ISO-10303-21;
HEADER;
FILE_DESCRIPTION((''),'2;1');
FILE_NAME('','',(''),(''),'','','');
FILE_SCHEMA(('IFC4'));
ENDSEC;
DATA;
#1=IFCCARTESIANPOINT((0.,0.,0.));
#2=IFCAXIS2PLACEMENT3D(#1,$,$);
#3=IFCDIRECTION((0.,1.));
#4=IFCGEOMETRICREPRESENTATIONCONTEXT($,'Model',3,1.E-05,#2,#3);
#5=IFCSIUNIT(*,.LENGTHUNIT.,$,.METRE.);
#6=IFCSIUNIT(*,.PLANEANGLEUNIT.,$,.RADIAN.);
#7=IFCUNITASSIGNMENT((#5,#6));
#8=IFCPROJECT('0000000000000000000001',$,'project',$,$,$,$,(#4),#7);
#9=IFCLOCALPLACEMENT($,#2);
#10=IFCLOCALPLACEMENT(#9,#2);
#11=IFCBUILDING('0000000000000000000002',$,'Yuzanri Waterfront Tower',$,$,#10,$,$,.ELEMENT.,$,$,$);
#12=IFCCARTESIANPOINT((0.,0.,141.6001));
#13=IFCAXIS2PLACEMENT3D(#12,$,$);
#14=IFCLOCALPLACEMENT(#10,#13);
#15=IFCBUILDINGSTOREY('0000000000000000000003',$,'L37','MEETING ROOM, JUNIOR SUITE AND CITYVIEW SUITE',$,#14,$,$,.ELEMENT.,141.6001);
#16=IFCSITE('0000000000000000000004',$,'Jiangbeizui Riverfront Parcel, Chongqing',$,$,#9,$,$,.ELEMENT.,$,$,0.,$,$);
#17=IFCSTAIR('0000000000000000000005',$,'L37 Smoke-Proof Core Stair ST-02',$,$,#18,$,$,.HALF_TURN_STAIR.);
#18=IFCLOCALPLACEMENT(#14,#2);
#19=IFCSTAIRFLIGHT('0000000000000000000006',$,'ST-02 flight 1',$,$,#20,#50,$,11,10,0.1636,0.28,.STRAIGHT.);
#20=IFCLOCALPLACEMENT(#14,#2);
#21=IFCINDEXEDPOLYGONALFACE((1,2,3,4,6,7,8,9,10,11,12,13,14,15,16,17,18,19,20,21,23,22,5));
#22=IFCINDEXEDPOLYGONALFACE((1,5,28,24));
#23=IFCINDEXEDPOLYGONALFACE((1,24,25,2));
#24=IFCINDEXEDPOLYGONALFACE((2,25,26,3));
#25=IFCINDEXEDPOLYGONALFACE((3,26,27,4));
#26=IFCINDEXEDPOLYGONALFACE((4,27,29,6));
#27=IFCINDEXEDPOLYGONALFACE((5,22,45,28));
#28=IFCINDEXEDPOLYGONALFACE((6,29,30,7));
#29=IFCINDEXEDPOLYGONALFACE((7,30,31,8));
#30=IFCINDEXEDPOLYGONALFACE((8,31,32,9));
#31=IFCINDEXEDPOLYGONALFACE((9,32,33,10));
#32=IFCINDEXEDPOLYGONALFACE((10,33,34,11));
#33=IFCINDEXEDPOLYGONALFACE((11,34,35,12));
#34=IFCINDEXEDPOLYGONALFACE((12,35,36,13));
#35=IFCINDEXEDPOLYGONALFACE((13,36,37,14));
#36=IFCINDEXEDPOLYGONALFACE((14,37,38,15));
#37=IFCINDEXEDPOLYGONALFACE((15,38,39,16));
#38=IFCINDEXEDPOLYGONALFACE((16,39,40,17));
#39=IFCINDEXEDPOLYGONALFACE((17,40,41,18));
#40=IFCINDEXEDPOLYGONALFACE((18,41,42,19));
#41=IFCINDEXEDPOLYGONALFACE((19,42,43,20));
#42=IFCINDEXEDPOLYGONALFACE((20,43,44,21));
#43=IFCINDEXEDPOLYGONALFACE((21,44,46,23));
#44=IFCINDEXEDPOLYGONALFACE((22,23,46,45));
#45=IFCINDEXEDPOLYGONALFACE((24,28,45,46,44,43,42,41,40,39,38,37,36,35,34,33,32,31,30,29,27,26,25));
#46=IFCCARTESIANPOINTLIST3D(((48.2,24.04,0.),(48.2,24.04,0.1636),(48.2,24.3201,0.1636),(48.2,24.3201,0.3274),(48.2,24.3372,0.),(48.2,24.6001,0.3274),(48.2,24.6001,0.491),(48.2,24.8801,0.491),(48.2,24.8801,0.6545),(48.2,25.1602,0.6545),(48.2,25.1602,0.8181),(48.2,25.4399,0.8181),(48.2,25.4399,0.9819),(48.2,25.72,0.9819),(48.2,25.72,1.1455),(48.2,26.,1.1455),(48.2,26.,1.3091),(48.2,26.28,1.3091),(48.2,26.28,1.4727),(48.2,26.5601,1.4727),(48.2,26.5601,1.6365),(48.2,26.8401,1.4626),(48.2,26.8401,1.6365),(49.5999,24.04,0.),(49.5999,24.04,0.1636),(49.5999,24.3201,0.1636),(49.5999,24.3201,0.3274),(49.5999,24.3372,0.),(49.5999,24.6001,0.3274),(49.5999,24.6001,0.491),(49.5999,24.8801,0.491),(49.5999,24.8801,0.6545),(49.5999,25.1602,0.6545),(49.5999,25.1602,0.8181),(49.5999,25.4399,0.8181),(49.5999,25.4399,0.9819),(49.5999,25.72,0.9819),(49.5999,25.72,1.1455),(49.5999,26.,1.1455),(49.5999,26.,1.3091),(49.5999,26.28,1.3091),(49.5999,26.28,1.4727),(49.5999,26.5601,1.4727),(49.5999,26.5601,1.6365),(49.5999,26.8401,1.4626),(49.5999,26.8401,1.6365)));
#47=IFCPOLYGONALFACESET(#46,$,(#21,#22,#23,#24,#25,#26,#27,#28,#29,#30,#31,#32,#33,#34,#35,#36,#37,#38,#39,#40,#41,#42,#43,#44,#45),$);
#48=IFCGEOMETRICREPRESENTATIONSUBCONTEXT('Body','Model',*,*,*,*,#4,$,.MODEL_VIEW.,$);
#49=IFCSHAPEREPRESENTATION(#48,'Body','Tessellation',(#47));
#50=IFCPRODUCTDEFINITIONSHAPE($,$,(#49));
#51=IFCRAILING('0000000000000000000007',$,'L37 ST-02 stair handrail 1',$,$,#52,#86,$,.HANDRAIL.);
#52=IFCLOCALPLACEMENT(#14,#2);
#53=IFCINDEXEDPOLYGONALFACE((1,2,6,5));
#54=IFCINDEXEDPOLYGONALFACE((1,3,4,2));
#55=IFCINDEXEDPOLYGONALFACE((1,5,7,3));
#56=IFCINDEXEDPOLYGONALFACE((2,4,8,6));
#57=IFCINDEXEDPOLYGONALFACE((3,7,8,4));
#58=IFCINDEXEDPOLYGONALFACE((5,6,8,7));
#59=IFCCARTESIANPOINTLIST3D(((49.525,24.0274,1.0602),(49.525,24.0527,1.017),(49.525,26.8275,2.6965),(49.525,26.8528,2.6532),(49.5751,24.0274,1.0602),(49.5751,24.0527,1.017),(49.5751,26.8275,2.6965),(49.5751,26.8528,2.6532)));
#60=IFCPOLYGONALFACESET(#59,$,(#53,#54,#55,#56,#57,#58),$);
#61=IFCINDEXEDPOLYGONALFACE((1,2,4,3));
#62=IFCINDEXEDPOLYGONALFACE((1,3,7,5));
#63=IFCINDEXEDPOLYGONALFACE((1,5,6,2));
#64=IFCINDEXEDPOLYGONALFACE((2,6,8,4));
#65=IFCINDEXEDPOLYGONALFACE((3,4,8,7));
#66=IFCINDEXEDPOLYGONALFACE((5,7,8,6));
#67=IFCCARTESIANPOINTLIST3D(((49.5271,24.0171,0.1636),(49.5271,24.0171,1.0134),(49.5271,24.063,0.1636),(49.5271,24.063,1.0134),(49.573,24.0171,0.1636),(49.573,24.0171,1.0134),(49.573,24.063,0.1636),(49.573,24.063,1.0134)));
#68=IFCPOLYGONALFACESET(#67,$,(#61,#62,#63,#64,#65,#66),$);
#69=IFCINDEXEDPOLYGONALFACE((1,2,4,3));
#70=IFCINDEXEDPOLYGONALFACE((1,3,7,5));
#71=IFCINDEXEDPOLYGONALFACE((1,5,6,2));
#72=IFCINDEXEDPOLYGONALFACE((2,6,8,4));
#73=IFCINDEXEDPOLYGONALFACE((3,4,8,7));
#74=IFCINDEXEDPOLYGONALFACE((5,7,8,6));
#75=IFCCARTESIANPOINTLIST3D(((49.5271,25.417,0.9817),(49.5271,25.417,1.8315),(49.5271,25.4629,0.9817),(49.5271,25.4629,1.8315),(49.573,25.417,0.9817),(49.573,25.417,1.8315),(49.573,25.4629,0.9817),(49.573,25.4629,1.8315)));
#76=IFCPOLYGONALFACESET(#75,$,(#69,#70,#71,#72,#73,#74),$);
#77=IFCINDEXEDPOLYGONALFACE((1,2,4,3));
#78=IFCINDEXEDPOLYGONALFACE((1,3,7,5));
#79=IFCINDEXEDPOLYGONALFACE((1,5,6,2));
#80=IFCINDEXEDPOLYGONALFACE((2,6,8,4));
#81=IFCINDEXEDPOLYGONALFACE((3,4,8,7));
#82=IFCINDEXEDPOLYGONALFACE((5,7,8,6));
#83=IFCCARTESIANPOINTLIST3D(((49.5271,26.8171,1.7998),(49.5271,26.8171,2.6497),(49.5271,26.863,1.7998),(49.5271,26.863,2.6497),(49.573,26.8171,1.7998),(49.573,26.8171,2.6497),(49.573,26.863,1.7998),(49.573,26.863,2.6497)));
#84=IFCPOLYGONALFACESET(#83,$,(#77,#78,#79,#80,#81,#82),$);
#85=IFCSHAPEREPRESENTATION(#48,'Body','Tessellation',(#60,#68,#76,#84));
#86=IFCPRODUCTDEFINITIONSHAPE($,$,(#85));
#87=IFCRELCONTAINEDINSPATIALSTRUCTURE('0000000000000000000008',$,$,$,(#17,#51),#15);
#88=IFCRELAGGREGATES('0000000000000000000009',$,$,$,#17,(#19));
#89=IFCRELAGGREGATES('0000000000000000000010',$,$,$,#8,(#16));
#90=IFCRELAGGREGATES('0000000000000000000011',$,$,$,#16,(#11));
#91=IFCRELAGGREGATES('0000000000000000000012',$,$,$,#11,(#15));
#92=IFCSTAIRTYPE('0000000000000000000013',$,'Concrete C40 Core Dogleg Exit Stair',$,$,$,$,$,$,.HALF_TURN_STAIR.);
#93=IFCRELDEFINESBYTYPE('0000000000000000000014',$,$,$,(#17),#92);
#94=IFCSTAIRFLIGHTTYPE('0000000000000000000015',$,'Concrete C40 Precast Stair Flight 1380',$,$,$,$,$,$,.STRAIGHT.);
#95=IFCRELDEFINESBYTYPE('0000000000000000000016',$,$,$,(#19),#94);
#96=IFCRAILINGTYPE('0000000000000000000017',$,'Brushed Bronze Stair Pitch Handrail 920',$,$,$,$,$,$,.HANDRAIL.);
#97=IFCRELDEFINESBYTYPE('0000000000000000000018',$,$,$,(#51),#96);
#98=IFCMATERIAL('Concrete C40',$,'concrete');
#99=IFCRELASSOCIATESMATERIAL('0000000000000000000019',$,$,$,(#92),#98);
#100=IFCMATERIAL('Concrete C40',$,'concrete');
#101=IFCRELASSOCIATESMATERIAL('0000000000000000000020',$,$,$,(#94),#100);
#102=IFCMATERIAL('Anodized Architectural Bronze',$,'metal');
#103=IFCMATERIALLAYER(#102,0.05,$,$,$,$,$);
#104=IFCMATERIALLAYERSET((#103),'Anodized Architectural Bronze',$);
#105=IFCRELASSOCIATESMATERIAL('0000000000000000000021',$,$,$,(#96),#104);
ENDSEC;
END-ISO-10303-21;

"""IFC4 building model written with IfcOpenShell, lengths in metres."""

from ifc_helpers import new_model, si_unit, direction, frame, origin, origin_2d, place, context, subcontext, project, spatial, polyline, rectangle, outline, extrude, source, transform, mapped, material, layer, layer_set, type_object, element, aggregate, save


model = new_model("IFC4")

# Units and contexts
model_context = context("Model", 3, precision=1e-05, world=origin(), true_north=direction((0.0, 1.0)))
body_context = subcontext(model_context, "Body", "Model", "MODEL_VIEW")
ifc_project = project(units=[si_unit("LENGTHUNIT", "METRE"), si_unit("PLANEANGLEUNIT", "RADIAN")], contexts=[model_context])

# Site, building, storey
site_placement = place(None, origin())
site = spatial("IfcSite", under=ifc_project, at=site_placement, Name="Jiangbeizui Riverfront Parcel, Chongqing", CompositionType="ELEMENT", RefElevation=0.0)
building_placement = place(site_placement, origin())
building = spatial("IfcBuilding", under=site, at=building_placement, Name="Yuzanri Waterfront Tower", CompositionType="ELEMENT")
storey_placement = place(building_placement, frame((0.0, 0.0, 141.6001)))
storey = spatial("IfcBuildingStorey", under=building, at=storey_placement, Name="L37", Description="MEETING ROOM, JUNIOR SUITE AND CITYVIEW SUITE", CompositionType="ELEMENT", Elevation=141.6001)

# Stair, stair flight
ifc_material_1 = material(Name="Concrete C40", Category="concrete")
stair_type = type_object("IfcStairType", Name="Concrete C40 Core Dogleg Exit Stair", PredefinedType="HALF_TURN_STAIR", material=ifc_material_1)
stair_placement = place(storey_placement, origin())
stair = element("IfcStair", 1, at=stair_placement, inside=storey, type_object=stair_type, Name="L37 Smoke-Proof Core Stair ST-02", PredefinedType="HALF_TURN_STAIR")
ifc_material_2 = material(Name="Concrete C40", Category="concrete")
stair_flight_type = type_object("IfcStairFlightType", Name="Concrete C40 Precast Stair Flight 1380", PredefinedType="STRAIGHT", material=ifc_material_2)
shared_shape_1 = source(origin(), body_context, "Body", "SweptSolid", [
    extrude(outline(polyline([(0.0, 0.0), (0.0, 0.1636), (0.28, 0.1636), (0.28, 0.3274), (0.5601, 0.3274), (0.5601, 0.491), (0.8401, 0.491), (0.8401, 0.6545), (1.1201, 0.6545), (1.1201, 0.8181), (1.3999, 0.8181), (1.3999, 0.9819), (1.6799, 0.9819), (1.6799, 1.1455), (1.96, 1.1455), (1.96, 1.3091), (2.24, 1.3091), (2.24, 1.4727), (2.52, 1.4727), (2.52, 1.6365), (2.8, 1.6365), (2.8, 1.8), (2.8, 1.4626), (0.2971, 0.0), (0.0, 0.0)])), frame((0.0, 0.7, 0.0), z_axis=(0.0, -1.0, 0.0), x_axis=(1.0, 0.0, 0.0)), (0.0, 0.0, 1.0), 1.3999),
])
stair_flight_placement = place(storey_placement, frame((48.8999, 24.04, 0.0), z_axis=(0.0, 0.0, 1.0), x_axis=(0.0, 1.0, 0.0)))
stair_flight = element("IfcStairFlight", 2, at=stair_flight_placement, type_object=stair_flight_type, Name="ST-02 flight 1", NumberOfRisers=11, NumberOfTreads=10, PredefinedType="STRAIGHT", RiserHeight=0.1636, TreadLength=0.28, context=body_context, shape_type="MappedRepresentation", body=[
    mapped(shared_shape_1, transform((0.0, 0.0, 0.0), scale=1.0)),
])
aggregate(stair, [stair_flight])

# Railing
ifc_material_3 = material(Name="Anodized Architectural Bronze", Category="metal")
ifc_layer_1 = layer(ifc_material_3, 0.05)
ifc_layer_set_1 = layer_set([ifc_layer_1], Name="Anodized Architectural Bronze")
railing_type = type_object("IfcRailingType", Name="Brushed Bronze Stair Pitch Handrail 920", PredefinedType="HANDRAIL", material=ifc_layer_set_1)
shared_shape_2 = source(origin(), body_context, "Body", "SweptSolid", [
    extrude(rectangle(XDim=0.05, YDim=0.05, at=origin_2d()), frame((0.0, 0.0, 0.875), z_axis=(0.0, 0.863394, 0.504531), x_axis=(-1.0, 0.0, 0.0)), (0.0, 0.0, 1.0), 3.2432),
    extrude(rectangle(XDim=0.0459, YDim=0.0459, at=origin_2d()), origin(), (0.0, 0.0, 1.0), 0.8499),
    extrude(rectangle(XDim=0.0459, YDim=0.0459, at=origin_2d()), frame((0.0, 1.3999, 0.8181)), (0.0, 0.0, 1.0), 0.8499),
    extrude(rectangle(XDim=0.0459, YDim=0.0459, at=origin_2d()), frame((0.0, 2.8, 1.6362)), (0.0, 0.0, 1.0), 0.8499),
])
railing_placement = place(storey_placement, frame((49.55, 24.04, 0.1636)))
element("IfcRailing", 3, at=railing_placement, inside=storey, type_object=railing_type, Name="L37 ST-02 stair handrail 1", PredefinedType="HANDRAIL", context=body_context, shape_type="MappedRepresentation", body=[
    mapped(shared_shape_2, transform((0.0, 0.0, 0.0), scale=1.0)),
])

save(model, "model.ifc")
